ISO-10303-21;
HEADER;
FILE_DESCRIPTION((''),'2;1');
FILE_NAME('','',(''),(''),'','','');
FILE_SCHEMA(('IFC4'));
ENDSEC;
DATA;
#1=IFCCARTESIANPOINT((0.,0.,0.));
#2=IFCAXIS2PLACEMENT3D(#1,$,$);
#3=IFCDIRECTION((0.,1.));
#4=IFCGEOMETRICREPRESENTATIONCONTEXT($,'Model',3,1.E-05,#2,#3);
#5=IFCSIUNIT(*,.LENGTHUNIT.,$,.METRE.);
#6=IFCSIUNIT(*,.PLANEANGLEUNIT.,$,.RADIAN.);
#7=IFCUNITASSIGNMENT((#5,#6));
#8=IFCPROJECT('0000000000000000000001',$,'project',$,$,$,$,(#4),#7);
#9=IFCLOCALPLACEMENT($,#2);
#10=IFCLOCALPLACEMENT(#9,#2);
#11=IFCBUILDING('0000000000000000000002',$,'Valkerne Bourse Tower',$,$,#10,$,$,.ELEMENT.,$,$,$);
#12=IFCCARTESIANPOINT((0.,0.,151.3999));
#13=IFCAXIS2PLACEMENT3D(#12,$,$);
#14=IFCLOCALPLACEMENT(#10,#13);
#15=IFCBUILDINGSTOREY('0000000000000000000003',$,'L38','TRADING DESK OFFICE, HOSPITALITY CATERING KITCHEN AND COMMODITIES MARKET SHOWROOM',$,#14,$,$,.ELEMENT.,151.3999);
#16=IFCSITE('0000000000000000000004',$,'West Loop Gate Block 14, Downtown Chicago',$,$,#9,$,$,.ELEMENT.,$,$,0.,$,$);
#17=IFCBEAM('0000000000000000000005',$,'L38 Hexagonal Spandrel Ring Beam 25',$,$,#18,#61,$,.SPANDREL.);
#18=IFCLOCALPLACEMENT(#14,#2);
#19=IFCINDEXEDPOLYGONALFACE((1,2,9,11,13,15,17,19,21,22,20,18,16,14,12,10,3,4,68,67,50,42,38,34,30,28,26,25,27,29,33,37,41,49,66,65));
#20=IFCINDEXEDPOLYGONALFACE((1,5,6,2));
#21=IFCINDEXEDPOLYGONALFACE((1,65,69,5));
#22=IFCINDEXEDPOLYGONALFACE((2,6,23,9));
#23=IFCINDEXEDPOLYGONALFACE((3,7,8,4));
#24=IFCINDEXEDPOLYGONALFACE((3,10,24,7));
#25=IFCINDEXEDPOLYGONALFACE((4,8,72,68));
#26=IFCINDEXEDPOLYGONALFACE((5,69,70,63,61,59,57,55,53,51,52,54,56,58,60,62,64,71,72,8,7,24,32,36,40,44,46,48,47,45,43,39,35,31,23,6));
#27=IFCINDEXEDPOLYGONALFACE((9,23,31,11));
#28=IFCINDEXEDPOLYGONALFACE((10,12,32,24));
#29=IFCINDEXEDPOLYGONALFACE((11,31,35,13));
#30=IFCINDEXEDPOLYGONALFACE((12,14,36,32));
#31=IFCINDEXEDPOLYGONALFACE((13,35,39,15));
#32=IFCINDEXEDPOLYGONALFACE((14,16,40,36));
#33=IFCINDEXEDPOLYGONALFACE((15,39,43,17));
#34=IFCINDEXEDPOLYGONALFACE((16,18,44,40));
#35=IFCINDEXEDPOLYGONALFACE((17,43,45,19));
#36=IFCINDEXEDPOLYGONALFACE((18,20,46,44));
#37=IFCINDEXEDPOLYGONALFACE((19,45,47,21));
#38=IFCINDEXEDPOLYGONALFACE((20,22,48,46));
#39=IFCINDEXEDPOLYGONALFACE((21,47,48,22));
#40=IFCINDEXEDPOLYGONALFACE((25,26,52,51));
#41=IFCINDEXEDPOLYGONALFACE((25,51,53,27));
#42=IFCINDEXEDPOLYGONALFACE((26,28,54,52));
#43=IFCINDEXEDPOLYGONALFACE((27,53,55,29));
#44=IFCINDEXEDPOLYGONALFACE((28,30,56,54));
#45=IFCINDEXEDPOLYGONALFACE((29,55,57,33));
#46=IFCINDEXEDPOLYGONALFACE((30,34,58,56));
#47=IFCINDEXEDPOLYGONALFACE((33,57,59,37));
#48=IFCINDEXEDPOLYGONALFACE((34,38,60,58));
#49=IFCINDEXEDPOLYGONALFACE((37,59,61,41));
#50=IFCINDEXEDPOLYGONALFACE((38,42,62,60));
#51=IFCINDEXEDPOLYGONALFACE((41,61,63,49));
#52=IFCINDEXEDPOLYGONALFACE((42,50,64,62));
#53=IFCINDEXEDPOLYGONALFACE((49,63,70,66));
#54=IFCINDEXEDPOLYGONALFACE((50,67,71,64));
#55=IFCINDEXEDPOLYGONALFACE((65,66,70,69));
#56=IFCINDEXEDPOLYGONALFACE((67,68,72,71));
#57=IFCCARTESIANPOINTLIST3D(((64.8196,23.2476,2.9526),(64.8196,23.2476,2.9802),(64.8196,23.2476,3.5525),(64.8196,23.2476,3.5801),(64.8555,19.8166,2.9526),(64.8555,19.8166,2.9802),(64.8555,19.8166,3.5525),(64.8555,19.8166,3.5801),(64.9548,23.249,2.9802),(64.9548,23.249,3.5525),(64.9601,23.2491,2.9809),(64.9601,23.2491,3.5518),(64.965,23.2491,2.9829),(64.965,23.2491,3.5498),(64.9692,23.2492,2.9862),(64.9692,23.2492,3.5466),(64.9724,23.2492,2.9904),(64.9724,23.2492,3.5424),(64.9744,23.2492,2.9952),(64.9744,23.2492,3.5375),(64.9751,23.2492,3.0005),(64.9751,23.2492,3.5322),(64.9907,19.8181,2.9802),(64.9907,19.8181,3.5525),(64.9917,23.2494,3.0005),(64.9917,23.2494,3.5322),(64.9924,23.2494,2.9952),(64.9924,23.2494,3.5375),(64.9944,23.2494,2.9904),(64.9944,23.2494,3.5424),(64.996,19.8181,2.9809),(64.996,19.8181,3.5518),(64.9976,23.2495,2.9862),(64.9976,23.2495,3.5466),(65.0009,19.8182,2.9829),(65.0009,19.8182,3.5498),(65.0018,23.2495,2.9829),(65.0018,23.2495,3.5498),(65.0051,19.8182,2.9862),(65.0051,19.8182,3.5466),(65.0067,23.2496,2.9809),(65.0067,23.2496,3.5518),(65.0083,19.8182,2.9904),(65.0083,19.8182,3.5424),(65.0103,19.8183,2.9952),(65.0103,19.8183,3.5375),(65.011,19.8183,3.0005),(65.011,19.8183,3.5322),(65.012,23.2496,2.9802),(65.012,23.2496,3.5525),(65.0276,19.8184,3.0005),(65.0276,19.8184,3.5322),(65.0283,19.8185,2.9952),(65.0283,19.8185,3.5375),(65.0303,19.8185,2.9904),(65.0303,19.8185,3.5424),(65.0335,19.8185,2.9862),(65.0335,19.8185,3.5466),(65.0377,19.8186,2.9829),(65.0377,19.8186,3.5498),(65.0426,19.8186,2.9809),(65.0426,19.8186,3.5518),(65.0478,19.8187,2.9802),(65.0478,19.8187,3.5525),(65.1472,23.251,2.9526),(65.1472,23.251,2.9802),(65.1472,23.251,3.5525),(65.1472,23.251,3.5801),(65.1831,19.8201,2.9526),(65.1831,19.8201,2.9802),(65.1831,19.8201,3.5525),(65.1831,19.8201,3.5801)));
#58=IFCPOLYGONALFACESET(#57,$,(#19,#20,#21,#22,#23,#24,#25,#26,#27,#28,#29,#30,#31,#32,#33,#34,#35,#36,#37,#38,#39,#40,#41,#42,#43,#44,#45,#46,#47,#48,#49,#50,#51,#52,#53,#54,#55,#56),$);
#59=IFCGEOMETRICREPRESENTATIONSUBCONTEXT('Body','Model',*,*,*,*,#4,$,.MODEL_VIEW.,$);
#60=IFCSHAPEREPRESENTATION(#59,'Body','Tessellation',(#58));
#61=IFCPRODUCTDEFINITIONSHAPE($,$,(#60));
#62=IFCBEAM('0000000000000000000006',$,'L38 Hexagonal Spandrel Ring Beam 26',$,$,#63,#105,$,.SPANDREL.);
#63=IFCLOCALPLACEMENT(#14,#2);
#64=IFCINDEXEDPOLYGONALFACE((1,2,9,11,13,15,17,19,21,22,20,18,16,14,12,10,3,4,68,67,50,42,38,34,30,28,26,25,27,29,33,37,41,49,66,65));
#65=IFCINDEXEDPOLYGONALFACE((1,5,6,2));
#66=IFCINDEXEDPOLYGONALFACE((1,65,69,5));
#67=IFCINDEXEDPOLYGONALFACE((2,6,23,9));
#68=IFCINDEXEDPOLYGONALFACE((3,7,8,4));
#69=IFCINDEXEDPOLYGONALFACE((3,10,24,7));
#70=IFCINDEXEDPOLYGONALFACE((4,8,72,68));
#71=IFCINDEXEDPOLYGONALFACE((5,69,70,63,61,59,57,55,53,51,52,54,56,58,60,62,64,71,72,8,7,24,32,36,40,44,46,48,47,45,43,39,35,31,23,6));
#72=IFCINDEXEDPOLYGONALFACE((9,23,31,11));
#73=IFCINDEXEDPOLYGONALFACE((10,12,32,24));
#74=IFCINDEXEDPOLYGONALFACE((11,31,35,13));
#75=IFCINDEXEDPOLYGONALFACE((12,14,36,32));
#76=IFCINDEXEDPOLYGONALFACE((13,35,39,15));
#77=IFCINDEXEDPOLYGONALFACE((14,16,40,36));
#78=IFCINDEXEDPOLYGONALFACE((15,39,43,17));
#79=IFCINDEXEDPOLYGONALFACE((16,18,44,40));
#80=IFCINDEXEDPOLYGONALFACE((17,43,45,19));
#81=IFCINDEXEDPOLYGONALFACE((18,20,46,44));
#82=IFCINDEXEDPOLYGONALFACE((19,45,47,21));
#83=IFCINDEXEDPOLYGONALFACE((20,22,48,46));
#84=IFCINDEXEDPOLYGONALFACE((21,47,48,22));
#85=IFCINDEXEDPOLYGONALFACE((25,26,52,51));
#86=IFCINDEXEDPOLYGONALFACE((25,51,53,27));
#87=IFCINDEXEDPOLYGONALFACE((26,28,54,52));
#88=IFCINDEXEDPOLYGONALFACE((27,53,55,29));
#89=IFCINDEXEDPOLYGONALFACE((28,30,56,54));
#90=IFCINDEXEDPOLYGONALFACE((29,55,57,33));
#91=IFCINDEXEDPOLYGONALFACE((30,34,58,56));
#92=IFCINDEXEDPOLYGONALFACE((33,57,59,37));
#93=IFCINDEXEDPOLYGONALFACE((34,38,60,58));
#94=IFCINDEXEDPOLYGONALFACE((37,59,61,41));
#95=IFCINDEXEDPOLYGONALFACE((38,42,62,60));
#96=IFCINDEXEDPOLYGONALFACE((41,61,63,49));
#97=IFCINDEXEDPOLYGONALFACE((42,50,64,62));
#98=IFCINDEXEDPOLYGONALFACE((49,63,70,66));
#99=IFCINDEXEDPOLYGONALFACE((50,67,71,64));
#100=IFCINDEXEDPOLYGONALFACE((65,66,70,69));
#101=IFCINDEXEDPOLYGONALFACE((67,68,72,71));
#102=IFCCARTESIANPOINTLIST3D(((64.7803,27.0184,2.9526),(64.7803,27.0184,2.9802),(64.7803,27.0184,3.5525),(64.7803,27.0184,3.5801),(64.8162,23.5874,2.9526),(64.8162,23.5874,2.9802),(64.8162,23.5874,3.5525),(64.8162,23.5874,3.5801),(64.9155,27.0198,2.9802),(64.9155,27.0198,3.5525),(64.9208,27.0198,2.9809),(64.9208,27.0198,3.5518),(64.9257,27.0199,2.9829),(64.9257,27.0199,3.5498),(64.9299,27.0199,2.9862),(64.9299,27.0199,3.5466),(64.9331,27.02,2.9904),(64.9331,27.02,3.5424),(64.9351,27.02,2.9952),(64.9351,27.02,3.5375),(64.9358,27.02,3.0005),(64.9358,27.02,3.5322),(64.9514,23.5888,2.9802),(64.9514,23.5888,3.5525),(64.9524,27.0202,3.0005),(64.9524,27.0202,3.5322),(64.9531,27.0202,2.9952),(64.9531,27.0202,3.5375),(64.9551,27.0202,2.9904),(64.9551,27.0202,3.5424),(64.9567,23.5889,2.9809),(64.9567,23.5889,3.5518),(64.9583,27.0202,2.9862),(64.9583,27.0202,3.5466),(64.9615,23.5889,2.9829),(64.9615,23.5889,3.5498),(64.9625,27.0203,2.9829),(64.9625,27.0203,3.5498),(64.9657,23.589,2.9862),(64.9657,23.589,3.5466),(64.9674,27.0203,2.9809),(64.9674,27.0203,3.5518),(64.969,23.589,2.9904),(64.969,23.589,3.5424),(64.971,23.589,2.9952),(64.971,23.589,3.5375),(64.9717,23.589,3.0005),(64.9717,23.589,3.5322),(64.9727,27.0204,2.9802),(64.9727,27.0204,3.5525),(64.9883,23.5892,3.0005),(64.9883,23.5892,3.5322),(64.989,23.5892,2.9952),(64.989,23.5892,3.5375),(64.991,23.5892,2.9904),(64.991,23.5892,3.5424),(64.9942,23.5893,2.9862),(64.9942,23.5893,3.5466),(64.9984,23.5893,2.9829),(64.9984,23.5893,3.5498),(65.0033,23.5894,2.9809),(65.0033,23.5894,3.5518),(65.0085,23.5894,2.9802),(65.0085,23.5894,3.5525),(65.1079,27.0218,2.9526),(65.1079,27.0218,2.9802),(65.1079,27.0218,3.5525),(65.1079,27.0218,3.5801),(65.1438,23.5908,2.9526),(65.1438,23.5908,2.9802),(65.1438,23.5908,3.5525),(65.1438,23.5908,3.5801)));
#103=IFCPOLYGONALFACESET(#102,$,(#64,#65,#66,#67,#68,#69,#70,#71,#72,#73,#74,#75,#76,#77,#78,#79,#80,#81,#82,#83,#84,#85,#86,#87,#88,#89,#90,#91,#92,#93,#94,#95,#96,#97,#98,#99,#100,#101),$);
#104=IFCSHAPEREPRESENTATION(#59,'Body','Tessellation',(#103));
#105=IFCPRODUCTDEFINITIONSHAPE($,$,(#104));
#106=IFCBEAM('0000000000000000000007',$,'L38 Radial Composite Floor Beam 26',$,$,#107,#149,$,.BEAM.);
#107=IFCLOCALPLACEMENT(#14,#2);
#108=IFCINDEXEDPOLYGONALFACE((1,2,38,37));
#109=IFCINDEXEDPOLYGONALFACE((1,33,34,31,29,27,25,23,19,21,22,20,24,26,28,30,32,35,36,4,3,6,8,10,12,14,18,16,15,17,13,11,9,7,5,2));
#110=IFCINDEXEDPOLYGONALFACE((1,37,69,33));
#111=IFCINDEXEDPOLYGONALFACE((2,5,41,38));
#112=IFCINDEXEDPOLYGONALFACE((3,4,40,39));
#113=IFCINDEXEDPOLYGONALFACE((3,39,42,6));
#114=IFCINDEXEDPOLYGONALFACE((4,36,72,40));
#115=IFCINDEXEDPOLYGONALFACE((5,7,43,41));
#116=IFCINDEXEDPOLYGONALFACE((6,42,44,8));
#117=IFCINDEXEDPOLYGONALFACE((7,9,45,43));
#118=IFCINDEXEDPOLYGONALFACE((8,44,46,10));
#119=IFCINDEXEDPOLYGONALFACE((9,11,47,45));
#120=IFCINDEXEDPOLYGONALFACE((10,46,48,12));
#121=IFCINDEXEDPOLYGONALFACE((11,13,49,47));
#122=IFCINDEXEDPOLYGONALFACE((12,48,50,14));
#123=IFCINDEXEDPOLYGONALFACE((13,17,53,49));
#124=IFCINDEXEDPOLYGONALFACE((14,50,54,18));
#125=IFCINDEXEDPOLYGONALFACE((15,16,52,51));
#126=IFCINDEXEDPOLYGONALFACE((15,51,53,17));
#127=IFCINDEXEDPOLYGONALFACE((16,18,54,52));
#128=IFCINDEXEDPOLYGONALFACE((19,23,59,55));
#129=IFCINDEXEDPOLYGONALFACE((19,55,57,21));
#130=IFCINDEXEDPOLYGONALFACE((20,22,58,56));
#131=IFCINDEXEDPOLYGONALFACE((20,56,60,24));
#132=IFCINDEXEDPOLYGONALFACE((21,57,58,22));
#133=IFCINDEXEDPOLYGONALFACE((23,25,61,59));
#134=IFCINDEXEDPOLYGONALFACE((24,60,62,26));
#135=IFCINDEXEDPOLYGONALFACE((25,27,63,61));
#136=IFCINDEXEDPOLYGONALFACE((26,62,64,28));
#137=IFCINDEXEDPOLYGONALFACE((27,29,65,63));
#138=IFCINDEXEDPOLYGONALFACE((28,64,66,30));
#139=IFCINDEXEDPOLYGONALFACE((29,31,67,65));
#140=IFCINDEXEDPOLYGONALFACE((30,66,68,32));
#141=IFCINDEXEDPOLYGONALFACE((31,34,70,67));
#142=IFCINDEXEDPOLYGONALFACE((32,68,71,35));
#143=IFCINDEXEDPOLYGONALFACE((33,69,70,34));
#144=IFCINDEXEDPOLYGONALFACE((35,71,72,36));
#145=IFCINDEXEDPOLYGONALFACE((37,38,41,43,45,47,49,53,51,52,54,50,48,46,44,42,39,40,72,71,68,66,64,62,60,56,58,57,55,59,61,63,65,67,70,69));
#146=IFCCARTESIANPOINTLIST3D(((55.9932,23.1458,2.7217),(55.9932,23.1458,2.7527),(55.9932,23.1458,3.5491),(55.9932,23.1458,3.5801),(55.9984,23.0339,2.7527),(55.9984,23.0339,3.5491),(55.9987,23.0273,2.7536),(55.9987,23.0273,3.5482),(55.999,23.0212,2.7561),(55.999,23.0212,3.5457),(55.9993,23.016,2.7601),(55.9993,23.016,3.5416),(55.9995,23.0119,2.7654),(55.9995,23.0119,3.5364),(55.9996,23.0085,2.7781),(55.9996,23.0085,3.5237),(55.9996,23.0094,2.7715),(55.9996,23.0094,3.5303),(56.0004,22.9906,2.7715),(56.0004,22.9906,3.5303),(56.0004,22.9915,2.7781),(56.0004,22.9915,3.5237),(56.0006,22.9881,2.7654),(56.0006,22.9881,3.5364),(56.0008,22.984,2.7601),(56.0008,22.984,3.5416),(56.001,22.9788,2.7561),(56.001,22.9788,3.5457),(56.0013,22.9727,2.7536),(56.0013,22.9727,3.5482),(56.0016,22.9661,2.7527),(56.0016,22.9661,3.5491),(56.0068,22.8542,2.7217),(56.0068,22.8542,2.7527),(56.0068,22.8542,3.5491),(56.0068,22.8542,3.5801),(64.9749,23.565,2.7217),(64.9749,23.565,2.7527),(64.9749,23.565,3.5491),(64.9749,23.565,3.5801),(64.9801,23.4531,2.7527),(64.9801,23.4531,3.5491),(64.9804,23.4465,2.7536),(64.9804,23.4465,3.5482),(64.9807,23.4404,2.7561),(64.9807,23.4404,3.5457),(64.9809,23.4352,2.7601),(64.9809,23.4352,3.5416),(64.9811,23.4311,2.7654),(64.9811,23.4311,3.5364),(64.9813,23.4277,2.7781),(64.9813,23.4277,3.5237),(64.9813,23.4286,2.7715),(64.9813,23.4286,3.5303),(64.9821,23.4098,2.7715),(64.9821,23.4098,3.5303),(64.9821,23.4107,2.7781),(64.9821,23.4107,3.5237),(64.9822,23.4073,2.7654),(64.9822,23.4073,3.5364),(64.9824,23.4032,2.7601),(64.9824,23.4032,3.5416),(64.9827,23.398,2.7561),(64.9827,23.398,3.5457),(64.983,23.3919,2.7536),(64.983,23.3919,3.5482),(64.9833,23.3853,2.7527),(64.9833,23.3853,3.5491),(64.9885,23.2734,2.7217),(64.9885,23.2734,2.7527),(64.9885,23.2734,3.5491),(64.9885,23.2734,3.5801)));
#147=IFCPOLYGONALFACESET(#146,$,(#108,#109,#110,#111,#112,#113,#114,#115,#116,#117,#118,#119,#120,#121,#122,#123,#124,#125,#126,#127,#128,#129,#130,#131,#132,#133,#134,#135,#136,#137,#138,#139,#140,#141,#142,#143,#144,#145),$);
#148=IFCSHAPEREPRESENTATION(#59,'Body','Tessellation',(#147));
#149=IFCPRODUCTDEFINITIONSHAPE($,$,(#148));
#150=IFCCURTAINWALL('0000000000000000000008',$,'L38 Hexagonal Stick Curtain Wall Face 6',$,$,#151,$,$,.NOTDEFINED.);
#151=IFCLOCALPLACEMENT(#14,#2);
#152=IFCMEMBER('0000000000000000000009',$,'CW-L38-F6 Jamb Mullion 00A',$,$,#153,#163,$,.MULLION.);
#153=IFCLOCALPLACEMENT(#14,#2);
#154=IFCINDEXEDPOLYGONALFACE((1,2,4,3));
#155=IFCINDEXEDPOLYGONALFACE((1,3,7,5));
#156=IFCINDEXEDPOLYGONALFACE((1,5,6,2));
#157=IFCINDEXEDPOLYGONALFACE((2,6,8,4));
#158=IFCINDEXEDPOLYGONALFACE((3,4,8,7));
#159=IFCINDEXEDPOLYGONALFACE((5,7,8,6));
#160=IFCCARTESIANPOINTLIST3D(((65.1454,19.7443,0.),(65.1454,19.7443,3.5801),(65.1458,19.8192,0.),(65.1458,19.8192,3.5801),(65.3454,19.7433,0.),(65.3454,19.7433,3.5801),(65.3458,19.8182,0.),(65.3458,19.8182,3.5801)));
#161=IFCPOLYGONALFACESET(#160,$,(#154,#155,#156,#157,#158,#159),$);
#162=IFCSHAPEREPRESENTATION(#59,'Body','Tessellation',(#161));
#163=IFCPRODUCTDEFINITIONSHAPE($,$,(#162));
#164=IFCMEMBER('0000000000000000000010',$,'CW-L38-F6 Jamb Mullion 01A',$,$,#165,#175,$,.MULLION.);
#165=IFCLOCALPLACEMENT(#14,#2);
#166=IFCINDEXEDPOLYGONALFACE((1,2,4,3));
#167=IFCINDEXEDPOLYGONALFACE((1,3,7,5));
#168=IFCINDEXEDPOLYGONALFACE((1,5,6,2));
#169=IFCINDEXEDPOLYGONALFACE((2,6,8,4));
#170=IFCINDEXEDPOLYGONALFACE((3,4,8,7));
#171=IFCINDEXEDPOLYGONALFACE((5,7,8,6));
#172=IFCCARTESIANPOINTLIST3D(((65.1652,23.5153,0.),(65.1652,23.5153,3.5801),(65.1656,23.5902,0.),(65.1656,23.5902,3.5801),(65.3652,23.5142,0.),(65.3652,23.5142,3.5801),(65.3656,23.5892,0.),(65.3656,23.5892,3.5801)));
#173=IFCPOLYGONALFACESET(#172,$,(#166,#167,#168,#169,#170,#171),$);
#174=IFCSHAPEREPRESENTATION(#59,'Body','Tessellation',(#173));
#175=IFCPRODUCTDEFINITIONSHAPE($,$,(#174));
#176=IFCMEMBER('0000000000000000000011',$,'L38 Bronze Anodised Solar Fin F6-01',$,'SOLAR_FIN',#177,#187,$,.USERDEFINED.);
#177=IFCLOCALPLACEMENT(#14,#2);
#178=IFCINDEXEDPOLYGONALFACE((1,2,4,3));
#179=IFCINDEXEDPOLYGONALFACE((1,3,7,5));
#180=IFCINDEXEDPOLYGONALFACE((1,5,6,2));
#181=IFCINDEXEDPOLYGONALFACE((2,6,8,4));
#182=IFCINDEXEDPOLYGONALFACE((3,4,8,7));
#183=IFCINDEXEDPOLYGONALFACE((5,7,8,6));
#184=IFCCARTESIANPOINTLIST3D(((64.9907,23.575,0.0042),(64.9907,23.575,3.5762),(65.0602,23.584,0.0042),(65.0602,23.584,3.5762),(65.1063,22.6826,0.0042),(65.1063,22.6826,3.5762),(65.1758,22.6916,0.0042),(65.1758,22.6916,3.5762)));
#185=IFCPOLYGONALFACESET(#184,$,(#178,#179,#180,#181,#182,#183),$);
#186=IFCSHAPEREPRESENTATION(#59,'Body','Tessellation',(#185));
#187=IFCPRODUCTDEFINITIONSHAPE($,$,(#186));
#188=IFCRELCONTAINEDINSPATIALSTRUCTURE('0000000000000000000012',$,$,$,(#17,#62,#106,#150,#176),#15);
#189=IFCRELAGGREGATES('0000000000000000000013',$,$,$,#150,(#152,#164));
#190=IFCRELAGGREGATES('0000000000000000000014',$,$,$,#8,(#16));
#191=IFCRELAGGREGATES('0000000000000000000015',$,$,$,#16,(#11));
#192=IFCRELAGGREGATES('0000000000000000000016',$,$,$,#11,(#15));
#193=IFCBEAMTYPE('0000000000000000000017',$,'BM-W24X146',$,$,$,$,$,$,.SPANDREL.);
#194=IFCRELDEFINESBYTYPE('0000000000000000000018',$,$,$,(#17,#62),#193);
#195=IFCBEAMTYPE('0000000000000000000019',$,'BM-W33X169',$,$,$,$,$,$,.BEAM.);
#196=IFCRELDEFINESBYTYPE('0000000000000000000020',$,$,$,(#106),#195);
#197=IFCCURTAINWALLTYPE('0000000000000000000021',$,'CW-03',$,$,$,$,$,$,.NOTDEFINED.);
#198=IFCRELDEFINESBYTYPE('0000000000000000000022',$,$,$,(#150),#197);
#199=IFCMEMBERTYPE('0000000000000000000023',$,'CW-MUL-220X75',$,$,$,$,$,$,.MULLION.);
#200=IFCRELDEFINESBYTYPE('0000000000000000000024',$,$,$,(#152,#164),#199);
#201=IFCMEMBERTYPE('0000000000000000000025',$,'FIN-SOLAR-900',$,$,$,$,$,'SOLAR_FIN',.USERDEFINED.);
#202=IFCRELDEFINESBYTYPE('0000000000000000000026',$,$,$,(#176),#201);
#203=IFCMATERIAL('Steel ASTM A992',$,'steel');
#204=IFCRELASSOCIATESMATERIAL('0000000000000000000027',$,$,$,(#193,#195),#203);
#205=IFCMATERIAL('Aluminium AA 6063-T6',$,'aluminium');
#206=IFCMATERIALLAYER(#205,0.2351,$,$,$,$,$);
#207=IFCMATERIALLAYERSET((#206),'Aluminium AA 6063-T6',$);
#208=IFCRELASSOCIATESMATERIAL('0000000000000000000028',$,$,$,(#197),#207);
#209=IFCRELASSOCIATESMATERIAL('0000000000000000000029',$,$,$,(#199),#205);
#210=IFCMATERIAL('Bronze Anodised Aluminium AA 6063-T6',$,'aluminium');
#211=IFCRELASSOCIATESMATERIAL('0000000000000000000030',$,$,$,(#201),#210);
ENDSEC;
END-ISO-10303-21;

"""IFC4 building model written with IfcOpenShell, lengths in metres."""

from ifc_helpers import new_model, si_unit, direction, frame, origin, origin_2d, place, context, subcontext, project, spatial, rectangle, i_section, extrude, material, layer, layer_set, material_profile, profile_set, type_object, element, aggregate, save


model = new_model("IFC4")

# Units and contexts
model_context = context("Model", 3, precision=1e-05, world=origin(), true_north=direction((0.0, 1.0)))
body_context = subcontext(model_context, "Body", "Model", "MODEL_VIEW")
ifc_project = project(units=[si_unit("LENGTHUNIT", "METRE"), si_unit("PLANEANGLEUNIT", "RADIAN")], contexts=[model_context])

# Site, building, storey
site_placement = place(None, origin())
site = spatial("IfcSite", under=ifc_project, at=site_placement, Name="West Loop Gate Block 14, Downtown Chicago", CompositionType="ELEMENT", RefElevation=0.0)
building_placement = place(site_placement, origin())
building = spatial("IfcBuilding", under=site, at=building_placement, Name="Valkerne Bourse Tower", CompositionType="ELEMENT")
storey_placement = place(building_placement, frame((0.0, 0.0, 151.3999)))
storey = spatial("IfcBuildingStorey", under=building, at=storey_placement, Name="L38", Description="TRADING DESK OFFICE, HOSPITALITY CATERING KITCHEN AND COMMODITIES MARKET SHOWROOM", CompositionType="ELEMENT", Elevation=151.3999)

# Beams
ifc_material_1 = material(Name="Steel ASTM A992", Category="steel")
ifc_material_profile_1 = material_profile(ifc_material_1, i_section(OverallWidth=0.3276, OverallDepth=0.6274, WebThickness=0.0166, FlangeThickness=0.0276, FilletRadius=0.0203, at=origin_2d()), Name="W24X146")
ifc_profile_set_1 = profile_set([ifc_material_profile_1], Name="Steel ASTM A992")
beam_type_1 = type_object("IfcBeamType", Name="BM-W24X146", PredefinedType="SPANDREL", material=ifc_profile_set_1)
for number, where, z_axis, x_axis, name in (
    (1, (65.0193, 19.8184, 3.2664), (-0.01046, 0.999945, 0.0), (-0.999945, -0.01046, 0.0), "L38 Hexagonal Spandrel Ring Beam 25"),
    (2, (64.98, 23.5891, 3.2664), (-0.01046, 0.999945, 0.0), (-0.999945, -0.01046, 0.0), "L38 Hexagonal Spandrel Ring Beam 26"),
):
    element("IfcBeam", number, at=place(storey_placement, frame(where, z_axis=z_axis, x_axis=x_axis)), inside=storey, type_object=beam_type_1, Name=name, PredefinedType="SPANDREL", context=body_context, shape_type="SweptSolid", body=[
        extrude(i_section(OverallWidth=0.3276, OverallDepth=0.6274, WebThickness=0.0166, FlangeThickness=0.0276, FilletRadius=0.0203, at=origin_2d()), origin(), (0.0, 0.0, 1.0), 3.4312),
    ])
ifc_material_profile_2 = material_profile(ifc_material_1, i_section(OverallWidth=0.292, OverallDepth=0.8584, WebThickness=0.0171, FlangeThickness=0.031, FilletRadius=0.0254, at=origin_2d()), Name="W33X169")
ifc_profile_set_2 = profile_set([ifc_material_profile_2], Name="Steel ASTM A992")
beam_type_2 = type_object("IfcBeamType", Name="BM-W33X169", PredefinedType="BEAM", material=ifc_profile_set_2)
beam_1_placement = place(storey_placement, frame((64.9817, 23.4192, 3.1509), z_axis=(-0.998913, -0.046621, 0.0), x_axis=(0.046621, -0.998913, 0.0)))
element("IfcBeam", 3, at=beam_1_placement, inside=storey, type_object=beam_type_2, Name="L38 Radial Composite Floor Beam 26", PredefinedType="BEAM", context=body_context, shape_type="SweptSolid", body=[
    extrude(i_section(OverallWidth=0.292, OverallDepth=0.8584, WebThickness=0.0171, FlangeThickness=0.031, FilletRadius=0.0254, at=origin_2d()), origin(), (0.0, 0.0, 1.0), 8.9915),
])

# Curtain wall, members
ifc_material_2 = material(Name="Aluminium AA 6063-T6", Category="aluminium")
ifc_layer_1 = layer(ifc_material_2, 0.2351)
ifc_layer_set_1 = layer_set([ifc_layer_1], Name="Aluminium AA 6063-T6")
curtain_wall_type = type_object("IfcCurtainWallType", Name="CW-03", PredefinedType="NOTDEFINED", material=ifc_layer_set_1)
curtain_wall_placement = place(storey_placement, origin())
curtain_wall = element("IfcCurtainWall", 4, at=curtain_wall_placement, inside=storey, type_object=curtain_wall_type, Name="L38 Hexagonal Stick Curtain Wall Face 6", PredefinedType="NOTDEFINED")
ifc_material_profile_3 = material_profile(ifc_material_2, rectangle(XDim=0.075, YDim=0.2, at=origin_2d()), Name="CWM-75X200")
ifc_profile_set_3 = profile_set([ifc_material_profile_3], Name="Aluminium AA 6063-T6")
member_type_1 = type_object("IfcMemberType", Name="CW-MUL-220X75", PredefinedType="MULLION", material=ifc_profile_set_3)
member_1_placement = place(storey_placement, frame((65.2456, 19.7812, 0.0), z_axis=(0.0, 0.0, 1.0), x_axis=(0.005224, 0.999986, 0.0)))
member_1 = element("IfcMember", 5, at=member_1_placement, type_object=member_type_1, Name="CW-L38-F6 Jamb Mullion 00A", PredefinedType="MULLION", context=body_context, shape_type="SweptSolid", body=[
    extrude(rectangle(XDim=0.075, YDim=0.2, at=origin_2d()), origin(), (0.0, 0.0, 1.0), 3.5801),
])
member_2_placement = place(storey_placement, frame((65.2654, 23.5522, 0.0), z_axis=(0.0, 0.0, 1.0), x_axis=(0.005251, 0.999986, 0.0)))
member_2 = element("IfcMember", 6, at=member_2_placement, type_object=member_type_1, Name="CW-L38-F6 Jamb Mullion 01A", PredefinedType="MULLION", context=body_context, shape_type="SweptSolid", body=[
    extrude(rectangle(XDim=0.075, YDim=0.2, at=origin_2d()), origin(), (0.0, 0.0, 1.0), 3.5801),
])

# Member
ifc_material_3 = material(Name="Bronze Anodised Aluminium AA 6063-T6", Category="aluminium")
ifc_material_profile_4 = material_profile(ifc_material_3, rectangle(XDim=0.0701, YDim=0.8999, at=origin_2d()), Name="FIN-70X900")
ifc_profile_set_4 = profile_set([ifc_material_profile_4], Name="Bronze Anodised Aluminium AA 6063-T6")
member_type_2 = type_object("IfcMemberType", Name="FIN-SOLAR-900", ElementType="SOLAR_FIN", PredefinedType="USERDEFINED", material=ifc_profile_set_4)
member_3_placement = place(storey_placement, frame((65.0833, 23.1333, 0.0042), z_axis=(0.0, 0.0, 1.0), x_axis=(0.991703, 0.128547, 0.0)))
element("IfcMember", 7, at=member_3_placement, inside=storey, type_object=member_type_2, Name="L38 Bronze Anodised Solar Fin F6-01", ObjectType="SOLAR_FIN", PredefinedType="USERDEFINED", context=body_context, shape_type="SweptSolid", body=[
    extrude(rectangle(XDim=0.0701, YDim=0.8999, at=origin_2d()), origin(), (0.0, 0.0, 1.0), 3.572),
])

aggregate(curtain_wall, [member_1, member_2])

save(model, "model.ifc")
